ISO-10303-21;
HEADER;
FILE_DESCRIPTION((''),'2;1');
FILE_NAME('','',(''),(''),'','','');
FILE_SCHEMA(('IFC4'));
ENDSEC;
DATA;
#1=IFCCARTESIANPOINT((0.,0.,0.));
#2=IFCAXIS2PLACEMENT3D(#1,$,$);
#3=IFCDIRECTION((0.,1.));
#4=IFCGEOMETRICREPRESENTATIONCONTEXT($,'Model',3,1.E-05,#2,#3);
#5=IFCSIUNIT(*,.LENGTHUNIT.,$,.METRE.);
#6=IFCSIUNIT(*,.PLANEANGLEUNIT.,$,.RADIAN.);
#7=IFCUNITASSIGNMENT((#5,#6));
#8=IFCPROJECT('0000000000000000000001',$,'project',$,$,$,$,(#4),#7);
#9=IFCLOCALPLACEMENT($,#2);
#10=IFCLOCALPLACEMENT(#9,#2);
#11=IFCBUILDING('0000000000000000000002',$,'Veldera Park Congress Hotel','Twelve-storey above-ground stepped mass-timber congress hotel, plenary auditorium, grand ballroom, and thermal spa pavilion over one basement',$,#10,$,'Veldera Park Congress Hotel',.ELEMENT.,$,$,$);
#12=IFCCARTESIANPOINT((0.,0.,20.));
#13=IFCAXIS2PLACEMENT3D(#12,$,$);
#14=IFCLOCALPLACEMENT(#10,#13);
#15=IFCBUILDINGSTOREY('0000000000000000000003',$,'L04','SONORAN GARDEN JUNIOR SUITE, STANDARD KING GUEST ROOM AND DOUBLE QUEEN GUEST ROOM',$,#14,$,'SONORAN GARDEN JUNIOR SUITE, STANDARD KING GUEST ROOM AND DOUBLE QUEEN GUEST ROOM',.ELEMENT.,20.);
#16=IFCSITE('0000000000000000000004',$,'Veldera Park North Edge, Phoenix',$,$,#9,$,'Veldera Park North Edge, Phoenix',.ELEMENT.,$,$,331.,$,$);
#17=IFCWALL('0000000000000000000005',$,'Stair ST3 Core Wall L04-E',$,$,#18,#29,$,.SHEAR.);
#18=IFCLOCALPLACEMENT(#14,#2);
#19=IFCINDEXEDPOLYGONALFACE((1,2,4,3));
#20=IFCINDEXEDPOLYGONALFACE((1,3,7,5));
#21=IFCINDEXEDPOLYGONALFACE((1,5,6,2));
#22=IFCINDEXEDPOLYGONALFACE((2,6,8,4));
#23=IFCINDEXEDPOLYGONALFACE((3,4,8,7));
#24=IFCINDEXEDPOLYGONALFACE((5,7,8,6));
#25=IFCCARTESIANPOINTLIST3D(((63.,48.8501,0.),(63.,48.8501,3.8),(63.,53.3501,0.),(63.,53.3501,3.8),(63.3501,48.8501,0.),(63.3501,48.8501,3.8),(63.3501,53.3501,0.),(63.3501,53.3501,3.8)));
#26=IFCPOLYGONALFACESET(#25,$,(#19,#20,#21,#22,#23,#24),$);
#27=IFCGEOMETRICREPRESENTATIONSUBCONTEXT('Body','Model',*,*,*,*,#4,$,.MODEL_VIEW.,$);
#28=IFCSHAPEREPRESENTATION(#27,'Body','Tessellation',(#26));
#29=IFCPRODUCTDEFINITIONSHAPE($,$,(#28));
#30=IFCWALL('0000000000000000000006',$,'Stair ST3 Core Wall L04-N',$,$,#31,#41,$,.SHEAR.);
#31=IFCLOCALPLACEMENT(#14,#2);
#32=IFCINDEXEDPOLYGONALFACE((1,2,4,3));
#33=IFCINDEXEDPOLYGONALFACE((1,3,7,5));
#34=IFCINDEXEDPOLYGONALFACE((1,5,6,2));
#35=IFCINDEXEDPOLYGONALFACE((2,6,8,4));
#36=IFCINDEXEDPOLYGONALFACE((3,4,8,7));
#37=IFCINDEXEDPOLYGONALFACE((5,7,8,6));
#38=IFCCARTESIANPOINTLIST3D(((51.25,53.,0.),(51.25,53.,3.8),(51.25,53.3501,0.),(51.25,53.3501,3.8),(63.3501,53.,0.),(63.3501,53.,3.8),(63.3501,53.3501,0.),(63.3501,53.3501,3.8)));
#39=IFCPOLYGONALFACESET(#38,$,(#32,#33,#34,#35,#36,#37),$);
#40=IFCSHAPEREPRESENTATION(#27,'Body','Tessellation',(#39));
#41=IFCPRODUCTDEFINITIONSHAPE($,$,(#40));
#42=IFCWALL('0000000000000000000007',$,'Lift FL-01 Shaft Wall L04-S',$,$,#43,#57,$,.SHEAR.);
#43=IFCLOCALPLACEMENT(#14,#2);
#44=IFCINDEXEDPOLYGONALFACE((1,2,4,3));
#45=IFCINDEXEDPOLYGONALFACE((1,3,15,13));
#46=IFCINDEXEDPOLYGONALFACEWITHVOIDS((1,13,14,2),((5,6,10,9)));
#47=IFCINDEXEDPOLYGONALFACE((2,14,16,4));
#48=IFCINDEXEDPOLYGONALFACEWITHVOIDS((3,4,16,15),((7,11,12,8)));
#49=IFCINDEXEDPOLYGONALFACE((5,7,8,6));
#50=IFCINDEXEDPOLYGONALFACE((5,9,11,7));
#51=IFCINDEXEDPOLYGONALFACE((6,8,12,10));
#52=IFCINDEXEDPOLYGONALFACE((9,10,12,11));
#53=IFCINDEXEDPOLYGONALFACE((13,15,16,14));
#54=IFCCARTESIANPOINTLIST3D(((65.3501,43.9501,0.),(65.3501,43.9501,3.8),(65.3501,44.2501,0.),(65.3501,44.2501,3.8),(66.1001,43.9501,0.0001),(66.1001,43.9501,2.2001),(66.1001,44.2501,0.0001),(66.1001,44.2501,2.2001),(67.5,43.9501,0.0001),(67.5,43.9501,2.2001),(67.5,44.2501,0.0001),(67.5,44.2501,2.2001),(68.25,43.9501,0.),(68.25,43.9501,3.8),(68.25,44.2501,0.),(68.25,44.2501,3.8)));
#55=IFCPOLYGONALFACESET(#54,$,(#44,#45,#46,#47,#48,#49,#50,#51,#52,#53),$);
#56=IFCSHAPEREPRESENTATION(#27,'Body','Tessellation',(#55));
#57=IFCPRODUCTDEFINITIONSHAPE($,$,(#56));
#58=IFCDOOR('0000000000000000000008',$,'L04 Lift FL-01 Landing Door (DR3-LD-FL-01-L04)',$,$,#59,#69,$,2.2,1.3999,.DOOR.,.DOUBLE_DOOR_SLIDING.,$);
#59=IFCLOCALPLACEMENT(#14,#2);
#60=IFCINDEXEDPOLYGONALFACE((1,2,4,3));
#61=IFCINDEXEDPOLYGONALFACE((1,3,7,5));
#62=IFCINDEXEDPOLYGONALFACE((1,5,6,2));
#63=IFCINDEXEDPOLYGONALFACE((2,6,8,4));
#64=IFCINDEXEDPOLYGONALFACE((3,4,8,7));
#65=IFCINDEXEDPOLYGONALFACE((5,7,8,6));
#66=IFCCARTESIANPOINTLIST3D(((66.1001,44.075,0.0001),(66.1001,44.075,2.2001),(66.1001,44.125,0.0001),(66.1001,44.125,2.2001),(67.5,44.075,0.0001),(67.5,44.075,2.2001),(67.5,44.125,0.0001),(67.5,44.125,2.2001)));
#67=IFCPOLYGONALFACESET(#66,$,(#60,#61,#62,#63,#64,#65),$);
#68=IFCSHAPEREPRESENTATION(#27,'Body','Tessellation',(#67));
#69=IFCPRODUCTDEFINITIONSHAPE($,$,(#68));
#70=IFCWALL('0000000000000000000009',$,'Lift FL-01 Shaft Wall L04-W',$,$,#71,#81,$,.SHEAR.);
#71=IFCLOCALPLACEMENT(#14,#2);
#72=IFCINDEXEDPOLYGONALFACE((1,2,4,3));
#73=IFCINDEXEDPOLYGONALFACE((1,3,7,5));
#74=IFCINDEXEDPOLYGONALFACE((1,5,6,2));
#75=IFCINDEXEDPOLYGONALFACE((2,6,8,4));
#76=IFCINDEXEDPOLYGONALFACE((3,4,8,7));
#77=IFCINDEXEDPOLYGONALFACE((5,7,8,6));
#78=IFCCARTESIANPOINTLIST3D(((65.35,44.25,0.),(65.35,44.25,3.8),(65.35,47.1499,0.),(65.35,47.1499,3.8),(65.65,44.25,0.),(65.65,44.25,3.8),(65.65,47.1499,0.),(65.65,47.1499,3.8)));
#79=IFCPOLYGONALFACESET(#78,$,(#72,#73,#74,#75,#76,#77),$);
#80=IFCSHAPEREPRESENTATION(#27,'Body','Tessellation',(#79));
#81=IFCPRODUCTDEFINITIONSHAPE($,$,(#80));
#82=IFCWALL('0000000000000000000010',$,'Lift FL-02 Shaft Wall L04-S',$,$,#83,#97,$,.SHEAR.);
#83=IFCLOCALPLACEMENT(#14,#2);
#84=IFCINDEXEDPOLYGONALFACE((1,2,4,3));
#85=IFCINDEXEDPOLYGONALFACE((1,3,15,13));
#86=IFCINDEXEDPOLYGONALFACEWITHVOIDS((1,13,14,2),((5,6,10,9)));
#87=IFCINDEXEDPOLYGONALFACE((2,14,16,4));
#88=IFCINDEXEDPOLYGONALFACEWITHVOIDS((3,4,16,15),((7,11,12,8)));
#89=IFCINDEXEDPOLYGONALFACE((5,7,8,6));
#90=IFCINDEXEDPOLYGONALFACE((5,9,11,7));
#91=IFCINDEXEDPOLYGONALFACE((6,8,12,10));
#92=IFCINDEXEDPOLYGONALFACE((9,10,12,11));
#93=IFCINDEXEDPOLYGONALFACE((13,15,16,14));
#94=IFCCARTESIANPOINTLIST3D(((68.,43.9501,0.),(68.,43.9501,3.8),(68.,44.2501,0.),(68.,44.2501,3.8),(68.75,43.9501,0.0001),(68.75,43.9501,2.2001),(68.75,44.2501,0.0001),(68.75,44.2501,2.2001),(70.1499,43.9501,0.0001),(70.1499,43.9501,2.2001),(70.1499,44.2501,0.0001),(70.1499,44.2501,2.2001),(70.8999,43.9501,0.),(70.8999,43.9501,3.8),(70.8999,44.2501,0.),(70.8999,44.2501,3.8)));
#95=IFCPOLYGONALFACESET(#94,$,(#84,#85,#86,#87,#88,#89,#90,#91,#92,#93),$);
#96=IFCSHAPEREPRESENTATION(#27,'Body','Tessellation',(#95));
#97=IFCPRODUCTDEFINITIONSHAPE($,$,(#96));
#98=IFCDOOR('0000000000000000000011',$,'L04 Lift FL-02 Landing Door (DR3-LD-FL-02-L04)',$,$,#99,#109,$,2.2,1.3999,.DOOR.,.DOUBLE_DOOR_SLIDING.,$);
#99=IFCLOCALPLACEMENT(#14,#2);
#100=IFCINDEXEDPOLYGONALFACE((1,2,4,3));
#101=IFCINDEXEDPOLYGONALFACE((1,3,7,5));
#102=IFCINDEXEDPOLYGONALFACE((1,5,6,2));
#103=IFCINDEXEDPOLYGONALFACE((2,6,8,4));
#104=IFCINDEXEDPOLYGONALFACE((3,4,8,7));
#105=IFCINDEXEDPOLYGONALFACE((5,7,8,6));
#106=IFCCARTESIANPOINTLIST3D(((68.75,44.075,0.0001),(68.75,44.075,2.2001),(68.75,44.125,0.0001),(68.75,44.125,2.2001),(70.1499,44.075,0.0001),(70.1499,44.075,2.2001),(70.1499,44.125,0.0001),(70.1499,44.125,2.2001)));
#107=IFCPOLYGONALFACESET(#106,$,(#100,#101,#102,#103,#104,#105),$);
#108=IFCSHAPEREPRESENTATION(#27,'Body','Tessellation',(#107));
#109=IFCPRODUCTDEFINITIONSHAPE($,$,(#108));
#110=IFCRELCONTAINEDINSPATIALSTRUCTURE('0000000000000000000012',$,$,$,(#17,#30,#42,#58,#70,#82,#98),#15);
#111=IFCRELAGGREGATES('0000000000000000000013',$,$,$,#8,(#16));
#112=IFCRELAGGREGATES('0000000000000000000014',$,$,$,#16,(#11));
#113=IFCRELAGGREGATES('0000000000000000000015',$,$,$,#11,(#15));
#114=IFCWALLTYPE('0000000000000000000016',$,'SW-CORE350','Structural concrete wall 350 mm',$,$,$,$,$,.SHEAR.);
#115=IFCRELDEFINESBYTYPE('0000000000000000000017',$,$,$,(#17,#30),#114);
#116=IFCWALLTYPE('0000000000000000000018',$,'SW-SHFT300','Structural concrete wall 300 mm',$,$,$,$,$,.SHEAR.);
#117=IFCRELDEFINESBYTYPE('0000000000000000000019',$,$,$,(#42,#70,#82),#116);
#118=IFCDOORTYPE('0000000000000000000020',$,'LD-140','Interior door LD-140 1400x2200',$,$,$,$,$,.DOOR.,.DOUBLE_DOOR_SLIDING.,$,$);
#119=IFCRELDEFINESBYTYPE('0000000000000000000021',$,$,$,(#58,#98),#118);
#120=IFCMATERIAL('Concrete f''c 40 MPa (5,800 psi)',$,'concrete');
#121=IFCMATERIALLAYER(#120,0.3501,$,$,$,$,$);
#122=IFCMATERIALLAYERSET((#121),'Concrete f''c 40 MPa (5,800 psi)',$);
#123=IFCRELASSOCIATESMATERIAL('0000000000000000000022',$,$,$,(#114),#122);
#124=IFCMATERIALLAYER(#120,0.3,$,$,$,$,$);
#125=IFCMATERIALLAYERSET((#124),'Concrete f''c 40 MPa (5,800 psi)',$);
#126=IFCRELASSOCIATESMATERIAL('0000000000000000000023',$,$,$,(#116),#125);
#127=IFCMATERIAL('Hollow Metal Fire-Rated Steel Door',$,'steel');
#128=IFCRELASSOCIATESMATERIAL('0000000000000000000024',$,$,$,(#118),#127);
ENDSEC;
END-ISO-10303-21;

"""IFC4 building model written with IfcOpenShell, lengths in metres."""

from ifc_helpers import new_model, si_unit, direction, frame, frame_2d, origin, place, context, subcontext, project, spatial, rectangle, extrude, material, layer, layer_set, type_object, element, fill, save


model = new_model("IFC4")

# Units and contexts
model_context = context("Model", 3, precision=1e-05, world=origin(), true_north=direction((0.0, 1.0)))
body_context = subcontext(model_context, "Body", "Model", "MODEL_VIEW")
ifc_project = project(units=[si_unit("LENGTHUNIT", "METRE"), si_unit("PLANEANGLEUNIT", "RADIAN")], contexts=[model_context])

# Site, building, storey
site_placement = place(None, origin())
site = spatial("IfcSite", under=ifc_project, at=site_placement, Name="Veldera Park North Edge, Phoenix", LongName="Veldera Park North Edge, Phoenix", CompositionType="ELEMENT", RefElevation=331.0)
building_placement = place(site_placement, origin())
building = spatial("IfcBuilding", under=site, at=building_placement, Name="Veldera Park Congress Hotel", Description="Twelve-storey above-ground stepped mass-timber congress hotel, plenary auditorium, grand ballroom, and thermal spa pavilion over one basement", LongName="Veldera Park Congress Hotel", CompositionType="ELEMENT")
storey_placement = place(building_placement, frame((0.0, 0.0, 20.0)))
storey = spatial("IfcBuildingStorey", under=building, at=storey_placement, Name="L04", Description="SONORAN GARDEN JUNIOR SUITE, STANDARD KING GUEST ROOM AND DOUBLE QUEEN GUEST ROOM", LongName="SONORAN GARDEN JUNIOR SUITE, STANDARD KING GUEST ROOM AND DOUBLE QUEEN GUEST ROOM", CompositionType="ELEMENT", Elevation=20.0)

# Shared definitions
ifc_material_1 = material(Name="Concrete f'c 40 MPa (5,800 psi)", Category="concrete")
ifc_material_2 = material(Name="Hollow Metal Fire-Rated Steel Door", Category="steel")

# Walls
ifc_layer_1 = layer(ifc_material_1, 0.3501)
ifc_layer_set_1 = layer_set([ifc_layer_1], Name="Concrete f'c 40 MPa (5,800 psi)")
wall_type_1 = type_object("IfcWallType", Name="SW-CORE350", Description="Structural concrete wall 350 mm", PredefinedType="SHEAR", material=ifc_layer_set_1)
wall_1_placement = place(storey_placement, frame((63.175, 48.8501, 0.0), z_axis=(0.0, 0.0, 1.0), x_axis=(0.0, 1.0, 0.0)))
element("IfcWall", 1, at=wall_1_placement, inside=storey, type_object=wall_type_1, Name="Stair ST3 Core Wall L04-E", PredefinedType="SHEAR", context=body_context, shape_type="SweptSolid", body=[
    extrude(rectangle(XDim=4.5, YDim=0.3501, at=frame_2d((2.25, 0.0))), origin(), (0.0, 0.0, 1.0), 3.8),
])
wall_2_placement = place(storey_placement, frame((63.3501, 53.175, 0.0), z_axis=(0.0, 0.0, 1.0), x_axis=(-1.0, 0.0, 0.0)))
element("IfcWall", 2, at=wall_2_placement, inside=storey, type_object=wall_type_1, Name="Stair ST3 Core Wall L04-N", PredefinedType="SHEAR", context=body_context, shape_type="SweptSolid", body=[
    extrude(rectangle(XDim=12.1001, YDim=0.3501, at=frame_2d((6.05, 0.0))), origin(), (0.0, 0.0, 1.0), 3.8),
])

# Wall, opening, door
ifc_layer_2 = layer(ifc_material_1, 0.3)
ifc_layer_set_2 = layer_set([ifc_layer_2], Name="Concrete f'c 40 MPa (5,800 psi)")
wall_type_2 = type_object("IfcWallType", Name="SW-SHFT300", Description="Structural concrete wall 300 mm", PredefinedType="SHEAR", material=ifc_layer_set_2)
wall_3_placement = place(storey_placement, frame((65.3501, 44.1001, 0.0), z_axis=(0.0, 0.0, 1.0), x_axis=(1.0, 0.0, 0.0)))
wall_3 = element("IfcWall", 3, at=wall_3_placement, inside=storey, type_object=wall_type_2, Name="Lift FL-01 Shaft Wall L04-S", PredefinedType="SHEAR", context=body_context, shape_type="SweptSolid", body=[
    extrude(rectangle(XDim=2.8999, YDim=0.3, at=frame_2d((1.45, 0.0))), origin(), (0.0, 0.0, 1.0), 3.8),
])
opening_1_placement = place(wall_3_placement, frame((0.75, 0.0, 0.0)))
opening_1 = element("IfcOpeningElement", 4, at=opening_1_placement, cuts=wall_3, PredefinedType="OPENING", context=body_context, shape_type="SweptSolid", body=[
    extrude(rectangle(XDim=1.3999, YDim=2.2, at=frame_2d((0.7, 1.1001))), frame((0.0, 0.1621, 0.0), z_axis=(0.0, -1.0, 0.0), x_axis=(1.0, 0.0, 0.0)), (0.0, 0.0, 1.0), 0.324),
])
door_type_1 = type_object("IfcDoorType", Name="LD-140", Description="Interior door LD-140 1400x2200", OperationType="DOUBLE_DOOR_SLIDING", PredefinedType="DOOR", material=ifc_material_2)
door_1_placement = place(opening_1_placement, origin())
door_1 = element("IfcDoor", 5, at=door_1_placement, inside=storey, type_object=door_type_1, Name="L04 Lift FL-01 Landing Door (DR3-LD-FL-01-L04)", OperationType="DOUBLE_DOOR_SLIDING", OverallHeight=2.2, OverallWidth=1.3999, PredefinedType="DOOR", context=body_context, shape_type="SweptSolid", body=[
    extrude(rectangle(XDim=1.3999, YDim=2.2, at=frame_2d((0.7, 1.1001))), frame((0.0, 0.0249, 0.0), z_axis=(0.0, -1.0, 0.0), x_axis=(1.0, 0.0, 0.0)), (0.0, 0.0, 1.0), 0.05),
])
fill(opening_1, door_1)

# Wall
wall_4_placement = place(storey_placement, frame((65.5, 47.1499, 0.0), z_axis=(0.0, 0.0, 1.0), x_axis=(0.0, -1.0, 0.0)))
element("IfcWall", 6, at=wall_4_placement, inside=storey, type_object=wall_type_2, Name="Lift FL-01 Shaft Wall L04-W", PredefinedType="SHEAR", context=body_context, shape_type="SweptSolid", body=[
    extrude(rectangle(XDim=2.8999, YDim=0.3, at=frame_2d((1.45, 0.0))), origin(), (0.0, 0.0, 1.0), 3.8),
])

# Wall, opening, door
wall_5_placement = place(storey_placement, frame((68.0, 44.1001, 0.0), z_axis=(0.0, 0.0, 1.0), x_axis=(1.0, 0.0, 0.0)))
wall_5 = element("IfcWall", 7, at=wall_5_placement, inside=storey, type_object=wall_type_2, Name="Lift FL-02 Shaft Wall L04-S", PredefinedType="SHEAR", context=body_context, shape_type="SweptSolid", body=[
    extrude(rectangle(XDim=2.8999, YDim=0.3, at=frame_2d((1.45, 0.0))), origin(), (0.0, 0.0, 1.0), 3.8),
])
opening_2_placement = place(wall_5_placement, frame((0.75, 0.0, 0.0)))
opening_2 = element("IfcOpeningElement", 8, at=opening_2_placement, cuts=wall_5, PredefinedType="OPENING", context=body_context, shape_type="SweptSolid", body=[
    extrude(rectangle(XDim=1.3999, YDim=2.2, at=frame_2d((0.7, 1.1001))), frame((0.0, 0.1621, 0.0), z_axis=(0.0, -1.0, 0.0), x_axis=(1.0, 0.0, 0.0)), (0.0, 0.0, 1.0), 0.324),
])
door_2_placement = place(opening_2_placement, origin())
door_2 = element("IfcDoor", 9, at=door_2_placement, inside=storey, type_object=door_type_1, Name="L04 Lift FL-02 Landing Door (DR3-LD-FL-02-L04)", OperationType="DOUBLE_DOOR_SLIDING", OverallHeight=2.2, OverallWidth=1.3999, PredefinedType="DOOR", context=body_context, shape_type="SweptSolid", body=[
    extrude(rectangle(XDim=1.3999, YDim=2.2, at=frame_2d((0.7, 1.1001))), frame((0.0, 0.0249, 0.0), z_axis=(0.0, -1.0, 0.0), x_axis=(1.0, 0.0, 0.0)), (0.0, 0.0, 1.0), 0.05),
])
fill(opening_2, door_2)

save(model, "model.ifc")
